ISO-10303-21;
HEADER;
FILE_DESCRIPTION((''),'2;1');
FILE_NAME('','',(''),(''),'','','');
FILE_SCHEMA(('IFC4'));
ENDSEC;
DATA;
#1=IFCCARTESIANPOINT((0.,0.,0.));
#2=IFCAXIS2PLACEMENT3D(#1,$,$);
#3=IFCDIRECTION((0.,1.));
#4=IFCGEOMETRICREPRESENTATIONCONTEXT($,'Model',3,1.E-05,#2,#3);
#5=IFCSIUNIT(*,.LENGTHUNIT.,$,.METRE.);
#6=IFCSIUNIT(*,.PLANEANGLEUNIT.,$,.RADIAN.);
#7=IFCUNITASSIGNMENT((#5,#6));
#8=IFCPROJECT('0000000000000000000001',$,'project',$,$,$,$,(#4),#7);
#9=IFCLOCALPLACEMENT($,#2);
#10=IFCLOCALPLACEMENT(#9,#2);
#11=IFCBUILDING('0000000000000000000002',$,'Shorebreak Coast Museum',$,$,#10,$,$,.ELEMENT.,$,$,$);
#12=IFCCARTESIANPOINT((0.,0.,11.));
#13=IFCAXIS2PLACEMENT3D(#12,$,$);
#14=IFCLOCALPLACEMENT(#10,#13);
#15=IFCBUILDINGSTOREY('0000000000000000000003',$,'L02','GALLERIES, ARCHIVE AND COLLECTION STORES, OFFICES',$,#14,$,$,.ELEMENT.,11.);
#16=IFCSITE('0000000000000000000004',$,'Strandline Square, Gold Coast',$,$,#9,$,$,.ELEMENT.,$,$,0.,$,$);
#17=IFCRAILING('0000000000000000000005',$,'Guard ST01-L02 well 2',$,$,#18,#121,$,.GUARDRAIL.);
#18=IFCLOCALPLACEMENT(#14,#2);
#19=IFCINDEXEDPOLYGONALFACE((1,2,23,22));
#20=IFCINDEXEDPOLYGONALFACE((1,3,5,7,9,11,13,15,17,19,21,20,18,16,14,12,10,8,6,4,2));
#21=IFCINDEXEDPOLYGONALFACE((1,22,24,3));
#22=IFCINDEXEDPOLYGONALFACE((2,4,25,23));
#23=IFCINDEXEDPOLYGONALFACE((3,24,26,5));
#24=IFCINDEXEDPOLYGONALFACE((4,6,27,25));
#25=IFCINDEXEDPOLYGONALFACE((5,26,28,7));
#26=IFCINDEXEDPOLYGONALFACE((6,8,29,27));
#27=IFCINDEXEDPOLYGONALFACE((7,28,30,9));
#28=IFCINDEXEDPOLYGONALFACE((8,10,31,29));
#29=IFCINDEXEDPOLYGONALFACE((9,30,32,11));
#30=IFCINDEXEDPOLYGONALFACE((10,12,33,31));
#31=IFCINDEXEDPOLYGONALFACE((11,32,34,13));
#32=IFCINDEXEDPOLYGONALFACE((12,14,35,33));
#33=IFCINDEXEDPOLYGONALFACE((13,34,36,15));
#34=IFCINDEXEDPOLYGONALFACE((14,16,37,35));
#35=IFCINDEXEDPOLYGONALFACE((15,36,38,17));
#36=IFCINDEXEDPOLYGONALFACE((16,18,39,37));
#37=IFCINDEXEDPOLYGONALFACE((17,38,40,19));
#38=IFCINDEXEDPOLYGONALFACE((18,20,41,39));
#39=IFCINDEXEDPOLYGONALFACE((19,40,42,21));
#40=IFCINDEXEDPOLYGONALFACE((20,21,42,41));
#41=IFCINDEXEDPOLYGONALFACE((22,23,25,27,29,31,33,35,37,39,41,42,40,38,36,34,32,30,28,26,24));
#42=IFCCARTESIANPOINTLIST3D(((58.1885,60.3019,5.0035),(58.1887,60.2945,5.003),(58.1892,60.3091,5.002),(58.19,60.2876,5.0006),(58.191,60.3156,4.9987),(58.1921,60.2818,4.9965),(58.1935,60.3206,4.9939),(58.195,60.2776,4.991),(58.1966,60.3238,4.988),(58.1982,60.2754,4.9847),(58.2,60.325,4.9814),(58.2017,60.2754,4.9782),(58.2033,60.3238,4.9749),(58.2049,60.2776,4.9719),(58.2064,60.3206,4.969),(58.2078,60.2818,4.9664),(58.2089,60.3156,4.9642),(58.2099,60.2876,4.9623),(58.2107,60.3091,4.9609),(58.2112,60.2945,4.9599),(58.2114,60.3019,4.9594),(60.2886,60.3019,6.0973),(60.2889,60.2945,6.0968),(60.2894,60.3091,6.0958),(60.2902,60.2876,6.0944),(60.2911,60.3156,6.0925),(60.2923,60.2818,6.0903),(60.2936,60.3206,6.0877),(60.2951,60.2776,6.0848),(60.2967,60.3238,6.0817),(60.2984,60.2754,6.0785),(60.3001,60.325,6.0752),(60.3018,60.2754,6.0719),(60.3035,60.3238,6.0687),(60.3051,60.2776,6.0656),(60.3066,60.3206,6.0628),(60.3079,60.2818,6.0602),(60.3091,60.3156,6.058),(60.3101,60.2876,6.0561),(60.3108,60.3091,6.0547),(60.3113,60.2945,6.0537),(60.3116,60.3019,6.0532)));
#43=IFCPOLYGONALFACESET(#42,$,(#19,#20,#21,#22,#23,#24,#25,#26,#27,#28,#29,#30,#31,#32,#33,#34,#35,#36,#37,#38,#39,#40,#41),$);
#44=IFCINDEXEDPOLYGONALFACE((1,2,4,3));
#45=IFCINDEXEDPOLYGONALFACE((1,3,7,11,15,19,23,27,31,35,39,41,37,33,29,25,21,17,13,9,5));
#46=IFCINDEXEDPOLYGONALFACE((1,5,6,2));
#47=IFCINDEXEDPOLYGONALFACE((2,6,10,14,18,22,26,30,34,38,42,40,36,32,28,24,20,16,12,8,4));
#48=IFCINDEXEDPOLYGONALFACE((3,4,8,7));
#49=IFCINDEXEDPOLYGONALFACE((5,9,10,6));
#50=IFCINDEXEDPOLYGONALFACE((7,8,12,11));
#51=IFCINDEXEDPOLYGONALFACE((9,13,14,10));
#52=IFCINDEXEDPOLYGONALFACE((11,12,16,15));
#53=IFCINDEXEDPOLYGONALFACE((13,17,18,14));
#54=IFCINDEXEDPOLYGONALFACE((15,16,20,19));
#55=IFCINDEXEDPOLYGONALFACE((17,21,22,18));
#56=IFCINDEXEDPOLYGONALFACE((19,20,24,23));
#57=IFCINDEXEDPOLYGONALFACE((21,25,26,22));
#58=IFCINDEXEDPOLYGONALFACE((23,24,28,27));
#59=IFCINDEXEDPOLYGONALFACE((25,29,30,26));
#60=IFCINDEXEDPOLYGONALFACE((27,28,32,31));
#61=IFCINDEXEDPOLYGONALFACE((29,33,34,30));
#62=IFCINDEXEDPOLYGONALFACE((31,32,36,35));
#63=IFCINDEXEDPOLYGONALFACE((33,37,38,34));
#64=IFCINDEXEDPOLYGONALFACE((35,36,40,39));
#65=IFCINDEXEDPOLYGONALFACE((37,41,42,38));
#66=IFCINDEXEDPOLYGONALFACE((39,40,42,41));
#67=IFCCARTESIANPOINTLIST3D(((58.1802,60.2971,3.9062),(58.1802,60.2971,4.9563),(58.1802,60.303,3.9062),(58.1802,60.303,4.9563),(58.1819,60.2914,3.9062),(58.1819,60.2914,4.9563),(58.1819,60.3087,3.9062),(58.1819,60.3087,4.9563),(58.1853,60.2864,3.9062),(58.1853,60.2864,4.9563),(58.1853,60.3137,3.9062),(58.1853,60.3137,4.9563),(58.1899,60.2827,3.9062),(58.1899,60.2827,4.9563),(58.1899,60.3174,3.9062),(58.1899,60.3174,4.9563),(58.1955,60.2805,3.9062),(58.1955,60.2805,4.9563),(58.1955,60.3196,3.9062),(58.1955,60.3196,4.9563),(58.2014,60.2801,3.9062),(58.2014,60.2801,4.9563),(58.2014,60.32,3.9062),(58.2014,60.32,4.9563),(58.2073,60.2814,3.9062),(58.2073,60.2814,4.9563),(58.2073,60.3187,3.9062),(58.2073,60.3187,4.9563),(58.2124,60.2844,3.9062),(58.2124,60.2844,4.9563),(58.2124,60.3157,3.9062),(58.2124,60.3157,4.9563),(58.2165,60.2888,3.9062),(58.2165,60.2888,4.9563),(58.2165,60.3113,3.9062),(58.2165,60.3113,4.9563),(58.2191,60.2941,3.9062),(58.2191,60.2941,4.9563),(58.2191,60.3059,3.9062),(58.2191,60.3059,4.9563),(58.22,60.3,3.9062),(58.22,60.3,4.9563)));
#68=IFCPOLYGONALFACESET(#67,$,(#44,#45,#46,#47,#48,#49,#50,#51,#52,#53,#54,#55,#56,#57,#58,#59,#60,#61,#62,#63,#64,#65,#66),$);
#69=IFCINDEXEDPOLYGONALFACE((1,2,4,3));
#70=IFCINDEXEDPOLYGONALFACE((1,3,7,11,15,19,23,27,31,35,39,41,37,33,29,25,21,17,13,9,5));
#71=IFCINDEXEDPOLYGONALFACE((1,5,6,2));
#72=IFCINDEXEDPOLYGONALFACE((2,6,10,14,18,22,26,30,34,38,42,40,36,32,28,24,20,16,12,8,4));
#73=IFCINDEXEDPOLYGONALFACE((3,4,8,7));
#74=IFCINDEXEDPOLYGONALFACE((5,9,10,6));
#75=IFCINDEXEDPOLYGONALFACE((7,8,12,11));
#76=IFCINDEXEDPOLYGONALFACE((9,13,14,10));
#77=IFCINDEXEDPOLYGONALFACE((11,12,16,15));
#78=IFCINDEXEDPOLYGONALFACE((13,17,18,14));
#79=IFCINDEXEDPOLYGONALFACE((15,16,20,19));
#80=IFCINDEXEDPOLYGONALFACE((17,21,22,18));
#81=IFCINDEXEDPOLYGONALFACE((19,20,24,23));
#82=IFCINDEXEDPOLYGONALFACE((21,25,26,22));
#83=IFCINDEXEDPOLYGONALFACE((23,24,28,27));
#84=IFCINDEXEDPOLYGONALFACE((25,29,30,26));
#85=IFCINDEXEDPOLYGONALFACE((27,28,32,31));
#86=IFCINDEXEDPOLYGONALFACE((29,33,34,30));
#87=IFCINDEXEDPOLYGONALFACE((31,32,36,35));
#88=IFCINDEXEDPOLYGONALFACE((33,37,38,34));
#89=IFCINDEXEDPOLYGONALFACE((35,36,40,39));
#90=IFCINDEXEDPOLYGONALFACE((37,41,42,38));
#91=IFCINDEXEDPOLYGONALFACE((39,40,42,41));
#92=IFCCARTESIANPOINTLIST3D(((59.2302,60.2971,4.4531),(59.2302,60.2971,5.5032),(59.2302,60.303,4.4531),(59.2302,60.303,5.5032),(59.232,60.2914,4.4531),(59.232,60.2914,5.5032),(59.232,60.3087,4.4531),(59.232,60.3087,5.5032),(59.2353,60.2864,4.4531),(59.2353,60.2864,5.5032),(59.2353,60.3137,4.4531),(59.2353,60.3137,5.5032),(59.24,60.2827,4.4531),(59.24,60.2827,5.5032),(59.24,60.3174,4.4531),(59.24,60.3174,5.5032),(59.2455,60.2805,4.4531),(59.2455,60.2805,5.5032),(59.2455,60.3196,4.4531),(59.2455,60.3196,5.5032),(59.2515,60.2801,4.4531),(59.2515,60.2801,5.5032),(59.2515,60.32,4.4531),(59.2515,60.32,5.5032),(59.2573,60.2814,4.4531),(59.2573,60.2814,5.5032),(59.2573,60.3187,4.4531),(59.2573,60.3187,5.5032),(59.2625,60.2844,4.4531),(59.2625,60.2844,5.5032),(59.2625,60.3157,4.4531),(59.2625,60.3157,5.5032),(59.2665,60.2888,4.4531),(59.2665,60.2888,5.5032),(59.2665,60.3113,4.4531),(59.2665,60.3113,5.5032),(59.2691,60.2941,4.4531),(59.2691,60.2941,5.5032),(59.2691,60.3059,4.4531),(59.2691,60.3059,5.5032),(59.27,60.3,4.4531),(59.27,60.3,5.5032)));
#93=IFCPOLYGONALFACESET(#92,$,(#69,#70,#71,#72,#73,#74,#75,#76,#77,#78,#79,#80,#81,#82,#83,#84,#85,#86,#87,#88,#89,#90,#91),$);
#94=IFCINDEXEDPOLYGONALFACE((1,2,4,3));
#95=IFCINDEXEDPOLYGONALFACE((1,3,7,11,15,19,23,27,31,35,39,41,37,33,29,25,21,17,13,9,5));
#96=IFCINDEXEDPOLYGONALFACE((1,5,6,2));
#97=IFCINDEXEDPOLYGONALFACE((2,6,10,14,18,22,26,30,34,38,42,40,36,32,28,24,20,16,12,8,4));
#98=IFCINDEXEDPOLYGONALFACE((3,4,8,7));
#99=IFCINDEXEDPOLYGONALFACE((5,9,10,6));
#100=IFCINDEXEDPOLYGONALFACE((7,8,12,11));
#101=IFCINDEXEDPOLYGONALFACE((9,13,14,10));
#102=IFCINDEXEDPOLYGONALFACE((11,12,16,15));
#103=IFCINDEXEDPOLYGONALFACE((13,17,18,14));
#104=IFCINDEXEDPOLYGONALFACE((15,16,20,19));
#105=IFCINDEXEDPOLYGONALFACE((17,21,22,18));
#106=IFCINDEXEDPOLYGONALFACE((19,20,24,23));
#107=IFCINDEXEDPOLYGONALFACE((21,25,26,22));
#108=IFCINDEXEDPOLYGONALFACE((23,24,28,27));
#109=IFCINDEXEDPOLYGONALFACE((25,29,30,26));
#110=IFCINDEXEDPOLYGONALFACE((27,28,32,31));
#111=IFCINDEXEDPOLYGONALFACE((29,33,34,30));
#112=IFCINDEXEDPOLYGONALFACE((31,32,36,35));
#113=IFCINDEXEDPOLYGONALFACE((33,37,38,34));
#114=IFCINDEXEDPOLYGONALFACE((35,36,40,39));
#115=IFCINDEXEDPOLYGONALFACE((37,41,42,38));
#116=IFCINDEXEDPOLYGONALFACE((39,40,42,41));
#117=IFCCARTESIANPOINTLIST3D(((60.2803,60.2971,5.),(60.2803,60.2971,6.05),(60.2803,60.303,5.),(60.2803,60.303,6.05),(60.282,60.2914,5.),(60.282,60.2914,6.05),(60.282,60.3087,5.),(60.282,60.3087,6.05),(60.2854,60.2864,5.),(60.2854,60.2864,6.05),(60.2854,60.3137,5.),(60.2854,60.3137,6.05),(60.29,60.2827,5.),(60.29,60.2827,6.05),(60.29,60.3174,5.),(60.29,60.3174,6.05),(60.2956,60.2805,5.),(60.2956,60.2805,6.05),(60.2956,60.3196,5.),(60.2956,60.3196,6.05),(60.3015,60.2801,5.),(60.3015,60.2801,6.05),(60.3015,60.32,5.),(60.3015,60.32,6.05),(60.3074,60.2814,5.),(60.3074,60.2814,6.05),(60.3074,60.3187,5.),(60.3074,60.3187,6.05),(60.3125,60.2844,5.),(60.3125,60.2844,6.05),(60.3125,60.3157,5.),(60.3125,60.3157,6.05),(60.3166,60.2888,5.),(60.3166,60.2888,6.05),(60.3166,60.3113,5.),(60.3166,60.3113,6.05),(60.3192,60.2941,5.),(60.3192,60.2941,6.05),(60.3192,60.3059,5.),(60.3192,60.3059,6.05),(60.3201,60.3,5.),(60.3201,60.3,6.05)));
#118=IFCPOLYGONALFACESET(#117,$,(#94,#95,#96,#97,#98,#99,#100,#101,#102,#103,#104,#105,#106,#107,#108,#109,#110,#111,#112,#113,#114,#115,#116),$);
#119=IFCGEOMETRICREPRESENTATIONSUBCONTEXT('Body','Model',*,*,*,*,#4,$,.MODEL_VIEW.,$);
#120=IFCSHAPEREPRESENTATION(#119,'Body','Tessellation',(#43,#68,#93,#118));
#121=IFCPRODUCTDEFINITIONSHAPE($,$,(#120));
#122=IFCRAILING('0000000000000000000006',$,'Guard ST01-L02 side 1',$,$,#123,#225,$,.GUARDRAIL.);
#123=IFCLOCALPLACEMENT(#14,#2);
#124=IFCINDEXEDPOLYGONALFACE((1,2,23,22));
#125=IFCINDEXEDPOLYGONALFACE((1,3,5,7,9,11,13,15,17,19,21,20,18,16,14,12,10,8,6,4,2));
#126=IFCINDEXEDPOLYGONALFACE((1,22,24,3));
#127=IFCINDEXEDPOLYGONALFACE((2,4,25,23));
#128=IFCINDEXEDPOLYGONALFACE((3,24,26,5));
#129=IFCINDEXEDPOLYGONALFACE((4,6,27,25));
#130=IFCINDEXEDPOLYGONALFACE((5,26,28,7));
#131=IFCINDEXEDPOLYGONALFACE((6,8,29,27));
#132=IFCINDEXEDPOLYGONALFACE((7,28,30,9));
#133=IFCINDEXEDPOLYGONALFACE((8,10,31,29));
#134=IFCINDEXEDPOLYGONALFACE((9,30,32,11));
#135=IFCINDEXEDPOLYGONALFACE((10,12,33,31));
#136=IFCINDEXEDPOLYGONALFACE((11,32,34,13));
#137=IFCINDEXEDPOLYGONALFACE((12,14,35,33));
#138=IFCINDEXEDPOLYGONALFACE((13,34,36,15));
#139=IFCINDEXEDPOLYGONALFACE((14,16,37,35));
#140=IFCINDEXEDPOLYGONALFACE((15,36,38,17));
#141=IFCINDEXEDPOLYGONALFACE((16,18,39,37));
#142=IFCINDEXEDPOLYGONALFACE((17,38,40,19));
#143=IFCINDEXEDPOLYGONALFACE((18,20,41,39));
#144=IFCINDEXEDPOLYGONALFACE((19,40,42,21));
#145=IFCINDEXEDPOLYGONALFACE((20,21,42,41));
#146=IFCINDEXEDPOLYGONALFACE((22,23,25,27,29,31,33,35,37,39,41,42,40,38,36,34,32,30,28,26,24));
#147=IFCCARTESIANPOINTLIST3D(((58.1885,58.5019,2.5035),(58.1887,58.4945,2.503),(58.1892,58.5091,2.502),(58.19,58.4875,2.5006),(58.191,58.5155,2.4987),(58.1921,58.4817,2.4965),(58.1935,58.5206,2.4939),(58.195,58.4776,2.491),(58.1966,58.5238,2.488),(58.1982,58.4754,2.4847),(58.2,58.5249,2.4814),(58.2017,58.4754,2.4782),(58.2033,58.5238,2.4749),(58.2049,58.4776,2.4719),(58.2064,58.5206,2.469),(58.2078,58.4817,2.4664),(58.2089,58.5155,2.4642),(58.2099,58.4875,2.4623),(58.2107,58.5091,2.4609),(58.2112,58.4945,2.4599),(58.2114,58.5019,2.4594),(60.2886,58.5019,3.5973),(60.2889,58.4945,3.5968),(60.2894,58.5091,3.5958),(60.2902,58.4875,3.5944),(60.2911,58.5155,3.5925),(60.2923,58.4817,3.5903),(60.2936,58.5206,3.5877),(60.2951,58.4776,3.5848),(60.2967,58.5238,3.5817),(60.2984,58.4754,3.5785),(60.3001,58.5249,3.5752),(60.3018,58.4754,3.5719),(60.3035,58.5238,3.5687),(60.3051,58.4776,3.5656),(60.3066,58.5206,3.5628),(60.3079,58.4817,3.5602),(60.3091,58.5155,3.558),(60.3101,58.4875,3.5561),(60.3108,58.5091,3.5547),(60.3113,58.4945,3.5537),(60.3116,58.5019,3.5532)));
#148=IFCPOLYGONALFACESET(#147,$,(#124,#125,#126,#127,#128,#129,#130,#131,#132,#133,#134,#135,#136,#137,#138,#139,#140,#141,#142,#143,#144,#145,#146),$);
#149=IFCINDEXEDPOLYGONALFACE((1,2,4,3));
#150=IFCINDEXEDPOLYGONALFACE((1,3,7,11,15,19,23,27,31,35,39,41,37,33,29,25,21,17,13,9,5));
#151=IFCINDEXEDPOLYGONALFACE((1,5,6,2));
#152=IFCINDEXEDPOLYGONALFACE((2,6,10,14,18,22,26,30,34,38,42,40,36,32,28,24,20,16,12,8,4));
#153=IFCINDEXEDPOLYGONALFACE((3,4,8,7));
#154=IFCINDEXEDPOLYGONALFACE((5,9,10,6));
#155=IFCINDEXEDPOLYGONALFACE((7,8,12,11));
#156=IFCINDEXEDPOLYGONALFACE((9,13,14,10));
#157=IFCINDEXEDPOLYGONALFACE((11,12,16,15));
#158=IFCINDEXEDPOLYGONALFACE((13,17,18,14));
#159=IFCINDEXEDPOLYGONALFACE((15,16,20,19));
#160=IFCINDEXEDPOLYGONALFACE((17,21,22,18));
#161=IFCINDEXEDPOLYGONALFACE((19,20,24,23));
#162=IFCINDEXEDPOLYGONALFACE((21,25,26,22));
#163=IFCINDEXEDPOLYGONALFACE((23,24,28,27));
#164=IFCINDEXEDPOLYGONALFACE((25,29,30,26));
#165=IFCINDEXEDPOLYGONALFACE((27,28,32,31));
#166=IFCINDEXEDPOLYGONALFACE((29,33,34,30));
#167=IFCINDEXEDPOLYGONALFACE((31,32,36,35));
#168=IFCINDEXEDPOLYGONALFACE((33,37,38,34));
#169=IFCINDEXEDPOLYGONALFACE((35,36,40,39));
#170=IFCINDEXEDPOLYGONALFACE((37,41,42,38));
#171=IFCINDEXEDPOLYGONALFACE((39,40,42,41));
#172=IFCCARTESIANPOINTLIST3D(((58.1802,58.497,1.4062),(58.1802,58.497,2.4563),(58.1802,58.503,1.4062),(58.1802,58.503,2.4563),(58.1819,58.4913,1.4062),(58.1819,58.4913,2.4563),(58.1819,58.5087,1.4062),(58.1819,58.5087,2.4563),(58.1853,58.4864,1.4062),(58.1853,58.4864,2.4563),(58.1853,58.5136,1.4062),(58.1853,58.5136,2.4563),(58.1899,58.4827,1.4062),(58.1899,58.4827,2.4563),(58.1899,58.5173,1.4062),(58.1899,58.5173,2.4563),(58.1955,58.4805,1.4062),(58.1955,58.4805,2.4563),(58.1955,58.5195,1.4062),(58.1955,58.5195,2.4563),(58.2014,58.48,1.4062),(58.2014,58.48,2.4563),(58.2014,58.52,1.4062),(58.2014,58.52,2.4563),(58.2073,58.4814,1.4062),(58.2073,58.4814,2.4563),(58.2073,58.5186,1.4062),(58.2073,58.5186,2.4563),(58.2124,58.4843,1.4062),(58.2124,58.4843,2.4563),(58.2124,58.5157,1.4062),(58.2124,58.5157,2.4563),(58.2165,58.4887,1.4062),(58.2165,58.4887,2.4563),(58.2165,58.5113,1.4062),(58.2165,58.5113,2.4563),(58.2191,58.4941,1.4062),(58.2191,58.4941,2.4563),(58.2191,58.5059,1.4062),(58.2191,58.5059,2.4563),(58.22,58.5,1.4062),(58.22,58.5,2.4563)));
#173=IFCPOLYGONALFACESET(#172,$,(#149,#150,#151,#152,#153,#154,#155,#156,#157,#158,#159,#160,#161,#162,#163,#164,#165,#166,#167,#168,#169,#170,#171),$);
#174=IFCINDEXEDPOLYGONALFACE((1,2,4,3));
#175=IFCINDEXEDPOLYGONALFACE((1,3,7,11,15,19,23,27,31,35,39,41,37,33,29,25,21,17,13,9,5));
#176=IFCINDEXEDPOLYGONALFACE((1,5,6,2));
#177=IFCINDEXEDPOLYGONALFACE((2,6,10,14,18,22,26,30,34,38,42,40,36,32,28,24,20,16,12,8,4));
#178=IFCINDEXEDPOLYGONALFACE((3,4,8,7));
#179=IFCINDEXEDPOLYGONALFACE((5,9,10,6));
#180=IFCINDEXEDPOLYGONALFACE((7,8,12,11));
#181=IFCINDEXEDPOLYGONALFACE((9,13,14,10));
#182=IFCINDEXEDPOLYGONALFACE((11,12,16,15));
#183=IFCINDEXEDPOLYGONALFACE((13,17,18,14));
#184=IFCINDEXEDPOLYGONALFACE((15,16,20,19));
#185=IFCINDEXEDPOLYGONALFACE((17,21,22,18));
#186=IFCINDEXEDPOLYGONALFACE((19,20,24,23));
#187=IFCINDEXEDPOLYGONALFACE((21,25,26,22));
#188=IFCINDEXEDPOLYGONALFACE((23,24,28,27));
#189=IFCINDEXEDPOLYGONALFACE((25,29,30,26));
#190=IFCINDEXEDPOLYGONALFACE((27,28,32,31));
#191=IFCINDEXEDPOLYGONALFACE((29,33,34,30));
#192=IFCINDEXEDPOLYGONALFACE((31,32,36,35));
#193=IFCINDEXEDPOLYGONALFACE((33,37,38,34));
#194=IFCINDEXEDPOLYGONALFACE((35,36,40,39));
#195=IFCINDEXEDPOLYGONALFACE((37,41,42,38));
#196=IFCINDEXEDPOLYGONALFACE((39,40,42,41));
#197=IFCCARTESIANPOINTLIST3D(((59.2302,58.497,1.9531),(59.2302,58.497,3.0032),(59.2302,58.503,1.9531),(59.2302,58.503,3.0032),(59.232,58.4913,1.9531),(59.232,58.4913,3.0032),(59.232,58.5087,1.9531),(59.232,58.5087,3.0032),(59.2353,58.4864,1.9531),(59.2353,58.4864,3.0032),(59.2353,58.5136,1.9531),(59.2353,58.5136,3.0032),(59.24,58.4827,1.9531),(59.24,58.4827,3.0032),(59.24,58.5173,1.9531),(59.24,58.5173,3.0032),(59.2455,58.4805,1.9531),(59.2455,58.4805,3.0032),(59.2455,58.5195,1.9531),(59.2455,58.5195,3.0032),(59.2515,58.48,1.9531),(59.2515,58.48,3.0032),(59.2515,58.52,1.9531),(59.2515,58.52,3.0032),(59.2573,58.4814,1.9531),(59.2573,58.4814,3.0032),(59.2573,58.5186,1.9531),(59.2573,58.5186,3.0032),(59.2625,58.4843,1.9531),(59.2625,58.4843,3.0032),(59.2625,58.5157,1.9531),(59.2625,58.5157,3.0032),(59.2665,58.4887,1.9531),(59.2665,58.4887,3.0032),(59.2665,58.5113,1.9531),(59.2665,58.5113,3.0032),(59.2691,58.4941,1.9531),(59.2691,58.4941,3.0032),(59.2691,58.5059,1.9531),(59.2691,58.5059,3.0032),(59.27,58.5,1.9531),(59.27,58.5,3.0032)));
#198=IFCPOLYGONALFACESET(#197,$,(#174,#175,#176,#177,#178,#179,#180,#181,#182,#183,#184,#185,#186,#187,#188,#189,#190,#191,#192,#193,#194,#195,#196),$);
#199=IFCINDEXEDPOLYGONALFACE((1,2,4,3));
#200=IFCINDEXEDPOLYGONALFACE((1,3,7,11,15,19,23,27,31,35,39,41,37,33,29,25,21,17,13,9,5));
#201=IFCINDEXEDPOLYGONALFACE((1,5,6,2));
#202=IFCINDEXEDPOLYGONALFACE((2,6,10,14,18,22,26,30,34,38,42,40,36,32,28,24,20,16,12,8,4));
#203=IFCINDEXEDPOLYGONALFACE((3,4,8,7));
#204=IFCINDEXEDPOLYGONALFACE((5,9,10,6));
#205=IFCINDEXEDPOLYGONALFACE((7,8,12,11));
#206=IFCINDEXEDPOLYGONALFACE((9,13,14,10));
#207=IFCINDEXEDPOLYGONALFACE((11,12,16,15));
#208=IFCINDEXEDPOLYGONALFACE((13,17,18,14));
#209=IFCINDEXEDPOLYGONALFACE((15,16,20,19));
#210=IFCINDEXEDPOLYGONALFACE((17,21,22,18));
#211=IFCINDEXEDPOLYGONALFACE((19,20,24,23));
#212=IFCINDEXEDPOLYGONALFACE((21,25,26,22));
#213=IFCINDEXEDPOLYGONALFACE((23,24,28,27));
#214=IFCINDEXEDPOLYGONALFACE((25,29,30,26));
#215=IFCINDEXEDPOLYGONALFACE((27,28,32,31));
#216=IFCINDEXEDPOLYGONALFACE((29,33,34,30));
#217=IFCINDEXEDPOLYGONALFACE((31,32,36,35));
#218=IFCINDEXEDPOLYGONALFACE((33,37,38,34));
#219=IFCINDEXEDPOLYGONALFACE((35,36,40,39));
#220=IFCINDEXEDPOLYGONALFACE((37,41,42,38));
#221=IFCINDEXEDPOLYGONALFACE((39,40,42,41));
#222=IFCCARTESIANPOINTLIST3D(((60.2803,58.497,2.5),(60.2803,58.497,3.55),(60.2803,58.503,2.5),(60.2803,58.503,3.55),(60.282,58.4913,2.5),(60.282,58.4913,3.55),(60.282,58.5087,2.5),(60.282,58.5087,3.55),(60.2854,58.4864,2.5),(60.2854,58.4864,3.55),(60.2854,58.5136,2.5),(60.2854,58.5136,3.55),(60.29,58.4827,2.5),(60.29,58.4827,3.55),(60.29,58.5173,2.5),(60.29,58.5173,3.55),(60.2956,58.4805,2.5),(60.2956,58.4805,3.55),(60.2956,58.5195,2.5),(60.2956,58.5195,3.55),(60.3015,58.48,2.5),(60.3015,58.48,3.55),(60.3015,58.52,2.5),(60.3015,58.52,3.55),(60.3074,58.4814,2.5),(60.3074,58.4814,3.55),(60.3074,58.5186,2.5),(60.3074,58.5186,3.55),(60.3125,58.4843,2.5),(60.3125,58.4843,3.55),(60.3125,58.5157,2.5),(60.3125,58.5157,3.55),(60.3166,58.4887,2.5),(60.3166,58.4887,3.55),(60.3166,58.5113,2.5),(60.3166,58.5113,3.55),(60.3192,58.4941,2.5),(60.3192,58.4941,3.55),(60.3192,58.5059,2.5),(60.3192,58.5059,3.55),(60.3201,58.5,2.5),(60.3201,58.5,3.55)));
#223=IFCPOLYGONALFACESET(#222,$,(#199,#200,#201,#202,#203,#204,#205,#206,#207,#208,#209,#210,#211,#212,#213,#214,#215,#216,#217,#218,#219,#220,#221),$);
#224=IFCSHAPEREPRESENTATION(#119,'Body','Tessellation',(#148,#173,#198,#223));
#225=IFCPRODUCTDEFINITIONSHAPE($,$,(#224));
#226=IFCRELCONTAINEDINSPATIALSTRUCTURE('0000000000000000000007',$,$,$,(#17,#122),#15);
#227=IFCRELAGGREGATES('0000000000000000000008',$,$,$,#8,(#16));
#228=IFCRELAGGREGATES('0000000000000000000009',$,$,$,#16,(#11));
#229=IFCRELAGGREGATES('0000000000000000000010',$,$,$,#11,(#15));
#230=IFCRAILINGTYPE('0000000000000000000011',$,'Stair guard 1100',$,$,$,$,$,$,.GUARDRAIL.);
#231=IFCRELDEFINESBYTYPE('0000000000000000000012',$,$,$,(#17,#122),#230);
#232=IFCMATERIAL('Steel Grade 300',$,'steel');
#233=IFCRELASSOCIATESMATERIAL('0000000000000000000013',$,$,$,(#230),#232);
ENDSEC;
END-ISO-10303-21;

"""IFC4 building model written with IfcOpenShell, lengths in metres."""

from ifc_helpers import new_model, si_unit, direction, frame, origin, origin_2d, place, context, subcontext, project, spatial, circle, extrude, material, type_object, element, save


model = new_model("IFC4")

# Units and contexts
model_context = context("Model", 3, precision=1e-05, world=origin(), true_north=direction((0.0, 1.0)))
body_context = subcontext(model_context, "Body", "Model", "MODEL_VIEW")
ifc_project = project(units=[si_unit("LENGTHUNIT", "METRE"), si_unit("PLANEANGLEUNIT", "RADIAN")], contexts=[model_context])

# Site, building, storey
site_placement = place(None, origin())
site = spatial("IfcSite", under=ifc_project, at=site_placement, Name="Strandline Square, Gold Coast", CompositionType="ELEMENT", RefElevation=0.0)
building_placement = place(site_placement, origin())
building = spatial("IfcBuilding", under=site, at=building_placement, Name="Shorebreak Coast Museum", CompositionType="ELEMENT")
storey_placement = place(building_placement, frame((0.0, 0.0, 11.0)))
storey = spatial("IfcBuildingStorey", under=building, at=storey_placement, Name="L02", Description="GALLERIES, ARCHIVE AND COLLECTION STORES, OFFICES", CompositionType="ELEMENT", Elevation=11.0)

# Railings
ifc_material_1 = material(Name="Steel Grade 300", Category="steel")
railing_type_1 = type_object("IfcRailingType", Name="Stair guard 1100", PredefinedType="GUARDRAIL", material=ifc_material_1)
for number, where, name in (
    (1, (58.2, 60.3, 3.9062), "Guard ST01-L02 well 2"),
    (2, (58.2, 58.5, 1.4062), "Guard ST01-L02 side 1"),
):
    element("IfcRailing", number, at=place(storey_placement, frame(where)), inside=storey, type_object=railing_type_1, Name=name, PredefinedType="GUARDRAIL", context=body_context, shape_type="SweptSolid", body=[
        extrude(circle(Radius=0.0249, at=origin_2d()), frame((0.0, 0.0, 1.0752), z_axis=(0.886923, 0.0, 0.461918), x_axis=(0.0, 1.0, 0.0)), (0.0, 0.0, 1.0), 2.3679),
        extrude(circle(Radius=0.02, at=origin_2d()), origin(), (0.0, 0.0, 1.0), 1.05),
        extrude(circle(Radius=0.02, at=origin_2d()), frame((1.05, 0.0, 0.5469)), (0.0, 0.0, 1.0), 1.05),
        extrude(circle(Radius=0.02, at=origin_2d()), frame((2.1001, 0.0, 1.0938)), (0.0, 0.0, 1.0), 1.05),
    ])

save(model, "model.ifc")
